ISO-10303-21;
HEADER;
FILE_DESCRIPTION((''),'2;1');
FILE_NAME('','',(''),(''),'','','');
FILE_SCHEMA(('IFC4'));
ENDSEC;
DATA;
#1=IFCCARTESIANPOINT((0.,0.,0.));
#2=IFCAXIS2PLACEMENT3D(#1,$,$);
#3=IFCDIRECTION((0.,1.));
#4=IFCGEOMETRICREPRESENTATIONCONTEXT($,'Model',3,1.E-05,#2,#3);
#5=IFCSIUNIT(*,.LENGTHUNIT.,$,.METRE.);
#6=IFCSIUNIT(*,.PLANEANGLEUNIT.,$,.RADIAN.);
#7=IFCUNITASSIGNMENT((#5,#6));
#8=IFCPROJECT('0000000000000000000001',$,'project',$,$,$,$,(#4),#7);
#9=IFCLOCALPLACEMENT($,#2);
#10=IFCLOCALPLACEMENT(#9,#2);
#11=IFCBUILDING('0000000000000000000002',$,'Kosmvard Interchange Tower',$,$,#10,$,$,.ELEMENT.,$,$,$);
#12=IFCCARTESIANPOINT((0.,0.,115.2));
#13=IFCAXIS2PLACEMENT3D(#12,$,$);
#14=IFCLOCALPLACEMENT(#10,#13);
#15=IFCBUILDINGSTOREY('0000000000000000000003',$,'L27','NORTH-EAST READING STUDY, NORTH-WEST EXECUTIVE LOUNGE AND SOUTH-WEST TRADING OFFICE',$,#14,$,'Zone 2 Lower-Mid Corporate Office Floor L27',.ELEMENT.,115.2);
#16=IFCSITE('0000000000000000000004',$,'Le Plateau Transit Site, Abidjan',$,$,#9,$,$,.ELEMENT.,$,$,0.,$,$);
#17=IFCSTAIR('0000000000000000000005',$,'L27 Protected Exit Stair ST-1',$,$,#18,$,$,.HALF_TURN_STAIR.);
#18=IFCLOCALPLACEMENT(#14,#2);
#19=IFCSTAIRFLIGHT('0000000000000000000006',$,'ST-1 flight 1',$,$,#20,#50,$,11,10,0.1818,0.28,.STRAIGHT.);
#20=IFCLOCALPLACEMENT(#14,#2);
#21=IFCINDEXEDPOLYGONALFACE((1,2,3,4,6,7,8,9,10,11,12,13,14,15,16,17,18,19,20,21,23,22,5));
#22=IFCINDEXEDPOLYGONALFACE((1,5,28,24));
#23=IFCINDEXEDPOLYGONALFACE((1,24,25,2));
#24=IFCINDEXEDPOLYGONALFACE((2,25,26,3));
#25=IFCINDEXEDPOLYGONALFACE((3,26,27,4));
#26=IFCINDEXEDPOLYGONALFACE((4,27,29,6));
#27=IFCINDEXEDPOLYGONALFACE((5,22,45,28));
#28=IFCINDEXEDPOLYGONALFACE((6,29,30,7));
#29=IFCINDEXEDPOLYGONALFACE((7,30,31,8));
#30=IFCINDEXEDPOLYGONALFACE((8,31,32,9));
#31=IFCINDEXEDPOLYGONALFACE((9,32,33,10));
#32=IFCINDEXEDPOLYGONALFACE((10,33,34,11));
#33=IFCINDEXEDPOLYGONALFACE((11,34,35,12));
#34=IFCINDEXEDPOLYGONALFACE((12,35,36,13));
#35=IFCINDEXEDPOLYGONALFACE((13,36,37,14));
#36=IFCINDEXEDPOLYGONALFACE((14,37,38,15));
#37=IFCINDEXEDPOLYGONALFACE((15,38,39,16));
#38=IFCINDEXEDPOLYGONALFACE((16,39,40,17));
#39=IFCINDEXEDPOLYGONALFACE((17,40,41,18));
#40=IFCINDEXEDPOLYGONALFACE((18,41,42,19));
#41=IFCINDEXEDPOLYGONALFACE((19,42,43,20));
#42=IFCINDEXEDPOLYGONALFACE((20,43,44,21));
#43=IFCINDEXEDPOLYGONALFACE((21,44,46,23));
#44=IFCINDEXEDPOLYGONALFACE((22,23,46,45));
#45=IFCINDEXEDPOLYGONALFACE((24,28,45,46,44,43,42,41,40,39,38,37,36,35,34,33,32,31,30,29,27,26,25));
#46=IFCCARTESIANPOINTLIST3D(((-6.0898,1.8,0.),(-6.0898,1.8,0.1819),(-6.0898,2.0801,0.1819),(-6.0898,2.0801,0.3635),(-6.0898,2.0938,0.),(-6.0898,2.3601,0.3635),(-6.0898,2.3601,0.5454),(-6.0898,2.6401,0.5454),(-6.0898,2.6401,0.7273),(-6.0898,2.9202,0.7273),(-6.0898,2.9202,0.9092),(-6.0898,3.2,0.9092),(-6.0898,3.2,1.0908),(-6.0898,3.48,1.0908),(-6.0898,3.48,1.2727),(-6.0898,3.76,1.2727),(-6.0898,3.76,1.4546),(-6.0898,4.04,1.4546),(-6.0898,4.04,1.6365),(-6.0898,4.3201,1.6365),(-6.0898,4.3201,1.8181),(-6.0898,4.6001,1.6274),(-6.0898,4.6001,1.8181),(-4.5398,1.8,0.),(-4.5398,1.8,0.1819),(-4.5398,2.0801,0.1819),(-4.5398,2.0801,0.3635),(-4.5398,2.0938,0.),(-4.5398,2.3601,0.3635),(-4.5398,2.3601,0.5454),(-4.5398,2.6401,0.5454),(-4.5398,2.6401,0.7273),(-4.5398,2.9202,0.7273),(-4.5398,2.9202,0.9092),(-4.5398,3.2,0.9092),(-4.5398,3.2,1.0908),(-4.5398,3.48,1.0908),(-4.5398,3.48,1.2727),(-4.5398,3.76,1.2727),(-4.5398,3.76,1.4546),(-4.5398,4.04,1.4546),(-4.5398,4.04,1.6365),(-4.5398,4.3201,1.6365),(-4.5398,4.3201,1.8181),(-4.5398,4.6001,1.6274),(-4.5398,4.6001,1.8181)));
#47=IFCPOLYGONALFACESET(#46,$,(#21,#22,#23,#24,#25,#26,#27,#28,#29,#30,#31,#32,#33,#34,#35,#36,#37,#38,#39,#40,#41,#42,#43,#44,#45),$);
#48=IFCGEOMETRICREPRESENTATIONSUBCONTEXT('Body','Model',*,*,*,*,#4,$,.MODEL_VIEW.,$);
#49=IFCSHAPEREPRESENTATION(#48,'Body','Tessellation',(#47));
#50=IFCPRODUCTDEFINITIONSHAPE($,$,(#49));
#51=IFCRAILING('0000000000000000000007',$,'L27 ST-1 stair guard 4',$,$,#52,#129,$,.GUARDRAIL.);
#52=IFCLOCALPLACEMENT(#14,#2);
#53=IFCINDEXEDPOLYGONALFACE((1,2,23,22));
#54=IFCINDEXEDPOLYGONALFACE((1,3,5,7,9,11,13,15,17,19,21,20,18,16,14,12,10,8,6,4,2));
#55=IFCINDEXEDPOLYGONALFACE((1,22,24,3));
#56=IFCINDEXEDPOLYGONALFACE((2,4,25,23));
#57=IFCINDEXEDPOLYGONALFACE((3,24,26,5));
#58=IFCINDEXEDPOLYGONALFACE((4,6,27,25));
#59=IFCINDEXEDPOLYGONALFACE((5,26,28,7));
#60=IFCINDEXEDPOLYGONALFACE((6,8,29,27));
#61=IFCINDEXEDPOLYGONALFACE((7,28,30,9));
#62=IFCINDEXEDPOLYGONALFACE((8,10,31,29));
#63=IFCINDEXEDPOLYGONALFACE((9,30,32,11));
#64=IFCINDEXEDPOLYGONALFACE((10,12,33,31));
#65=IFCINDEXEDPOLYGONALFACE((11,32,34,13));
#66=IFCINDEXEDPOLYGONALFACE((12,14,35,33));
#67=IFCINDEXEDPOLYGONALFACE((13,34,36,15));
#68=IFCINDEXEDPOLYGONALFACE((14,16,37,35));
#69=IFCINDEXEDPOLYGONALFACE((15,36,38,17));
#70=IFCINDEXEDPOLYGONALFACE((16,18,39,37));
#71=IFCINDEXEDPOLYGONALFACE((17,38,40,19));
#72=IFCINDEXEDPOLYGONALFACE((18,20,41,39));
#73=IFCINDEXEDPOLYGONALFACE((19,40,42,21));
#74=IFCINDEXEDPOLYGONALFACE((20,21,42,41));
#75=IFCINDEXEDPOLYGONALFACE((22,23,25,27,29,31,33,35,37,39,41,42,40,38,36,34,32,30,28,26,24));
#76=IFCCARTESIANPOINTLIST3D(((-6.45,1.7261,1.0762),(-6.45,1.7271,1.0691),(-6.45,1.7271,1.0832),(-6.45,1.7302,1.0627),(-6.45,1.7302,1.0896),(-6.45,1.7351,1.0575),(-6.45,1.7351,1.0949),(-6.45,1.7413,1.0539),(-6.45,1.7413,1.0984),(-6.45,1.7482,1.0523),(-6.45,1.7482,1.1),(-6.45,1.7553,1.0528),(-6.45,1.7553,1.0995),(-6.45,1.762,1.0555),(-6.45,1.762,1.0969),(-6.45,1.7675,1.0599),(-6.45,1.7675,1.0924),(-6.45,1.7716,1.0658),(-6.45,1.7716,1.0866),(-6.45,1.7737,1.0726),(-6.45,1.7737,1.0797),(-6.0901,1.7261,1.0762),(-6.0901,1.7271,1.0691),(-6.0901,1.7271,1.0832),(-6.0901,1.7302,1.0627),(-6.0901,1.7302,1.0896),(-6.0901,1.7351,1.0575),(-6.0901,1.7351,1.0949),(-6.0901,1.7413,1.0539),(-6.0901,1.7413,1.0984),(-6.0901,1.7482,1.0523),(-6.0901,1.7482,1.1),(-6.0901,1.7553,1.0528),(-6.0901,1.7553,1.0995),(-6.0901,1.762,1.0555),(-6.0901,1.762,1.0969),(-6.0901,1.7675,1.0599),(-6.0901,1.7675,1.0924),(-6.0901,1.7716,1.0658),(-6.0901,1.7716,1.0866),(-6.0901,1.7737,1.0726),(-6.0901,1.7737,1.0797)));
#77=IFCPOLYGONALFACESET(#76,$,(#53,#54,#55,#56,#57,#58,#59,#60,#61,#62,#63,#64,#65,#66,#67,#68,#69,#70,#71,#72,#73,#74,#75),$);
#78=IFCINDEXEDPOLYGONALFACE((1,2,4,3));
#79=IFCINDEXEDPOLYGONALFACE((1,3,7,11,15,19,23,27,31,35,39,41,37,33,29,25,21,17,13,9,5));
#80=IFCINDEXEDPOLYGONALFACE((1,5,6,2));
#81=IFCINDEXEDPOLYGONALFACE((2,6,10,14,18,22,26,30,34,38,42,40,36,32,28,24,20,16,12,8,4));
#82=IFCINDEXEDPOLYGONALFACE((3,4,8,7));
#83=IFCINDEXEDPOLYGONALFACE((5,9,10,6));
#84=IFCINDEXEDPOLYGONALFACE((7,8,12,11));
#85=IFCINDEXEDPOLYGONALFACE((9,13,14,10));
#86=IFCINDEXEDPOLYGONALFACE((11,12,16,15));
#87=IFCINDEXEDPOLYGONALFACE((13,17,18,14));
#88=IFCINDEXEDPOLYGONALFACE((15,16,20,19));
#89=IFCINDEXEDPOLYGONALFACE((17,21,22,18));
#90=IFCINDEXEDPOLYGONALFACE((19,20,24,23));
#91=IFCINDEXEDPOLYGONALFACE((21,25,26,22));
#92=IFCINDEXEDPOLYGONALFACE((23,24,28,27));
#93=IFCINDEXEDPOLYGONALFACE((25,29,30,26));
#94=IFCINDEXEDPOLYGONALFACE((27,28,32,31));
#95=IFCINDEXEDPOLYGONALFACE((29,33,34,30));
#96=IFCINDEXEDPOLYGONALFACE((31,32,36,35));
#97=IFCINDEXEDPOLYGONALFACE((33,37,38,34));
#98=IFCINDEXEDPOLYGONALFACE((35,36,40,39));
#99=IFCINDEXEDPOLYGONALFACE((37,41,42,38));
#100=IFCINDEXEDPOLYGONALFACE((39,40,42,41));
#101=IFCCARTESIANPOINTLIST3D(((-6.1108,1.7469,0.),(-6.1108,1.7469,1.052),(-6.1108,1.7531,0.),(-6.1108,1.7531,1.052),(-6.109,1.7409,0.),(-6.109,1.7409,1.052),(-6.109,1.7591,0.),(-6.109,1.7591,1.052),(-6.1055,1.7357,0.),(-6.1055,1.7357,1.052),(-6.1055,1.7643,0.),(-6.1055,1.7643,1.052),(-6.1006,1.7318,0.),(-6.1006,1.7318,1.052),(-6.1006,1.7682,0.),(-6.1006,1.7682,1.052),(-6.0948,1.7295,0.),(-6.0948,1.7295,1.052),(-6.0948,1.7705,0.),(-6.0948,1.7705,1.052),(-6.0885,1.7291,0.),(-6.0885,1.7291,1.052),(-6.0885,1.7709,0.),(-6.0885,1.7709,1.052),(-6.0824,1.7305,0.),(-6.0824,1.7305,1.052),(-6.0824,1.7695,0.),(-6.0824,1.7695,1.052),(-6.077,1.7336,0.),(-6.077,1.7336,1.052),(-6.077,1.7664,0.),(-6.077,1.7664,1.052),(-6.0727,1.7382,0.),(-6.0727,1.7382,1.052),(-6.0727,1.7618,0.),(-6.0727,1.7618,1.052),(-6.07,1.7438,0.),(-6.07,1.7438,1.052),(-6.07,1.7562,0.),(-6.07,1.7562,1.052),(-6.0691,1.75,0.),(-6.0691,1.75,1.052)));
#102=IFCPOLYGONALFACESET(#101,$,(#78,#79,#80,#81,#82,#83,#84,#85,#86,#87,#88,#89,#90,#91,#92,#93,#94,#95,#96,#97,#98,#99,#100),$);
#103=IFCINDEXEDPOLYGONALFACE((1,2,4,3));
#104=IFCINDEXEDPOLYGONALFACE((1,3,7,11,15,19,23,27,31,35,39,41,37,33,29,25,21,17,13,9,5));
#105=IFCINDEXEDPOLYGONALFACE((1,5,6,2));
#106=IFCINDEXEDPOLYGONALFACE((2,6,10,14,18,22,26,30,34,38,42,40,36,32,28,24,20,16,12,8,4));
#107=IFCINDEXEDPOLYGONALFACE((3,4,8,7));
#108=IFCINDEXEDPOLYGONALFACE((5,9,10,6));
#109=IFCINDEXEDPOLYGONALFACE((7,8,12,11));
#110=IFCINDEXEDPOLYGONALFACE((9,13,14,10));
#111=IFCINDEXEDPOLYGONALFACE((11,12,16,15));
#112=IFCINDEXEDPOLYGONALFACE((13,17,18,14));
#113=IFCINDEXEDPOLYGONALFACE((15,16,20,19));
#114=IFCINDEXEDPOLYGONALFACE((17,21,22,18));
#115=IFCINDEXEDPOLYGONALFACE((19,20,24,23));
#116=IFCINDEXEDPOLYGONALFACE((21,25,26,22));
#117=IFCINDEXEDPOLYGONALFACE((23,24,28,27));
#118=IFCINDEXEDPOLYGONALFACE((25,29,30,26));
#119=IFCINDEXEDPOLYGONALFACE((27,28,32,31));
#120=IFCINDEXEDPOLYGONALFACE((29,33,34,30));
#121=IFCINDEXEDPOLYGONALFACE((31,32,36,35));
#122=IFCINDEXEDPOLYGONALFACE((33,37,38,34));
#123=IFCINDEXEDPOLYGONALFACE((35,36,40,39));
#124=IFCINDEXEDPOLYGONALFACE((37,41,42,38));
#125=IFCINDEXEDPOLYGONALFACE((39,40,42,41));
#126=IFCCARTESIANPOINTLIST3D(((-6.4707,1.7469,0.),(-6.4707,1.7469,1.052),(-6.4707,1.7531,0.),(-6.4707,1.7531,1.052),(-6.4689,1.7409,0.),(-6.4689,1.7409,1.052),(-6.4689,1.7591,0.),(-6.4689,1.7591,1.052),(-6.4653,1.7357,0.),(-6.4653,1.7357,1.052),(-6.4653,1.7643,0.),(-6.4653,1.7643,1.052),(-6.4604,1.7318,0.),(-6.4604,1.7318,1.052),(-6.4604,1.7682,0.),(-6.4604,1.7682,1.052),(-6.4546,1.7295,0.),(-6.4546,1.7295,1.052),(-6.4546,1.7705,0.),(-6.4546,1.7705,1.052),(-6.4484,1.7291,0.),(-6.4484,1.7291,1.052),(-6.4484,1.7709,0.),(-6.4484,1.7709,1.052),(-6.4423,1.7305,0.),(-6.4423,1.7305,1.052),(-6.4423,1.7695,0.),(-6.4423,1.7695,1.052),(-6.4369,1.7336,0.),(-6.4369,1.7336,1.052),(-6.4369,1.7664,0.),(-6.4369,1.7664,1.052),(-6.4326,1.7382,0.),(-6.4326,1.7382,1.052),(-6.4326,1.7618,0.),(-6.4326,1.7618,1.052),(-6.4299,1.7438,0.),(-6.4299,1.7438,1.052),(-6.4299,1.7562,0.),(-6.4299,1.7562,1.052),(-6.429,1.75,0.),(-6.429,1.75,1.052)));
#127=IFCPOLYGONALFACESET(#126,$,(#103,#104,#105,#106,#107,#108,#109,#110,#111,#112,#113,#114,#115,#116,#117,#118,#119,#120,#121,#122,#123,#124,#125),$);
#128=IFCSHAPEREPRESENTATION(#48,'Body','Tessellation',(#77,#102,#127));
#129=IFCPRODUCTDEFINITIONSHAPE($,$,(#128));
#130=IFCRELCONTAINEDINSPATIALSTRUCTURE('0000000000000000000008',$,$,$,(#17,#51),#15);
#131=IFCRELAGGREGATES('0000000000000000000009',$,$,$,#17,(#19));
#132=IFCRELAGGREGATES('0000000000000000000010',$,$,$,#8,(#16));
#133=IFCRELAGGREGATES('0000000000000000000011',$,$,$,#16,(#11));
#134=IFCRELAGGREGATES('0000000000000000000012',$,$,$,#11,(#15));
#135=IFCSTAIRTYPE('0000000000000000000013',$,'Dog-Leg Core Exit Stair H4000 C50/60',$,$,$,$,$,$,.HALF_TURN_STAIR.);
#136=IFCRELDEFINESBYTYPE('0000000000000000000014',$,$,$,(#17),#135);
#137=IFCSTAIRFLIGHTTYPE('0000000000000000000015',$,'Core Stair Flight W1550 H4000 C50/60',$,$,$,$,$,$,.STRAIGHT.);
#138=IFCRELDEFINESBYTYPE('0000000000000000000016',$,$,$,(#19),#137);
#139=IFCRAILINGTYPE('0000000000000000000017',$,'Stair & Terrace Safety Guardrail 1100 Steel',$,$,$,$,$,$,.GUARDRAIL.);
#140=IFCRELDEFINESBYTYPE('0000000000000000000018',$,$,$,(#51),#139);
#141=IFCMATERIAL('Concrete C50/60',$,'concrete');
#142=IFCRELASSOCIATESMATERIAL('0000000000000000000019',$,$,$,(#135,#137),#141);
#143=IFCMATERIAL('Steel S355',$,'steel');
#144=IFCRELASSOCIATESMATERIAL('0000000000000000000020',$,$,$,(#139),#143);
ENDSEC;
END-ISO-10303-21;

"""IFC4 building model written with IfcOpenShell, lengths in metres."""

from ifc_helpers import new_model, si_unit, direction, frame, origin, origin_2d, place, context, subcontext, project, spatial, polyline, circle, outline, extrude, source, transform, mapped, material, type_object, element, aggregate, save


model = new_model("IFC4")

# Units and contexts
model_context = context("Model", 3, precision=1e-05, world=origin(), true_north=direction((0.0, 1.0)))
body_context = subcontext(model_context, "Body", "Model", "MODEL_VIEW")
ifc_project = project(units=[si_unit("LENGTHUNIT", "METRE"), si_unit("PLANEANGLEUNIT", "RADIAN")], contexts=[model_context])

# Site, building, storey
site_placement = place(None, origin())
site = spatial("IfcSite", under=ifc_project, at=site_placement, Name="Le Plateau Transit Site, Abidjan", CompositionType="ELEMENT", RefElevation=0.0)
building_placement = place(site_placement, origin())
building = spatial("IfcBuilding", under=site, at=building_placement, Name="Kosmvard Interchange Tower", CompositionType="ELEMENT")
storey_placement = place(building_placement, frame((0.0, 0.0, 115.2)))
storey = spatial("IfcBuildingStorey", under=building, at=storey_placement, Name="L27", Description="NORTH-EAST READING STUDY, NORTH-WEST EXECUTIVE LOUNGE AND SOUTH-WEST TRADING OFFICE", LongName="Zone 2 Lower-Mid Corporate Office Floor L27", CompositionType="ELEMENT", Elevation=115.2)

# Stair, stair flight
ifc_material_1 = material(Name="Concrete C50/60", Category="concrete")
stair_type = type_object("IfcStairType", Name="Dog-Leg Core Exit Stair H4000 C50/60", PredefinedType="HALF_TURN_STAIR", material=ifc_material_1)
stair_placement = place(storey_placement, origin())
stair = element("IfcStair", 1, at=stair_placement, inside=storey, type_object=stair_type, Name="L27 Protected Exit Stair ST-1", PredefinedType="HALF_TURN_STAIR")
stair_flight_type = type_object("IfcStairFlightType", Name="Core Stair Flight W1550 H4000 C50/60", PredefinedType="STRAIGHT", material=ifc_material_1)
shared_shape_1 = source(origin(), body_context, "Body", "SweptSolid", [
    extrude(outline(polyline([(0.0, 0.0), (0.0, 0.1819), (0.28, 0.1819), (0.28, 0.3635), (0.5601, 0.3635), (0.5601, 0.5454), (0.8401, 0.5454), (0.8401, 0.7273), (1.1201, 0.7273), (1.1201, 0.9092), (1.3999, 0.9092), (1.3999, 1.0908), (1.6799, 1.0908), (1.6799, 1.2727), (1.96, 1.2727), (1.96, 1.4546), (2.24, 1.4546), (2.24, 1.6365), (2.52, 1.6365), (2.52, 1.8181), (2.8, 1.8181), (2.8, 2.0), (2.8, 1.6274), (0.2937, 0.0), (0.0, 0.0)])), frame((0.0, 0.7749, 0.0), z_axis=(0.0, -1.0, 0.0), x_axis=(1.0, 0.0, 0.0)), (0.0, 0.0, 1.0), 1.55),
])
stair_flight_placement = place(storey_placement, frame((-5.3149, 1.8, 0.0), z_axis=(0.0, 0.0, 1.0), x_axis=(0.0, 1.0, 0.0)))
stair_flight = element("IfcStairFlight", 2, at=stair_flight_placement, type_object=stair_flight_type, Name="ST-1 flight 1", NumberOfRisers=11, NumberOfTreads=10, PredefinedType="STRAIGHT", RiserHeight=0.1818, TreadLength=0.28, context=body_context, shape_type="MappedRepresentation", body=[
    mapped(shared_shape_1, transform((0.0, 0.0, 0.0), scale=1.0)),
])
aggregate(stair, [stair_flight])

# Railing
ifc_material_2 = material(Name="Steel S355", Category="steel")
railing_type_1 = type_object("IfcRailingType", Name="Stair & Terrace Safety Guardrail 1100 Steel", PredefinedType="GUARDRAIL", material=ifc_material_2)
shared_shape_2 = source(origin(), body_context, "Body", "SweptSolid", [
    extrude(circle(Radius=0.0239, at=origin_2d()), frame((0.0, 0.0, 1.0762), z_axis=(-1.0, 0.0, 0.0), x_axis=(0.0, -1.0, 0.0)), (0.0, 0.0, 1.0), 0.3599),
    extrude(circle(Radius=0.021, at=origin_2d()), origin(), (0.0, 0.0, 1.0), 1.052),
    extrude(circle(Radius=0.021, at=origin_2d()), frame((-0.3599, 0.0, 0.0)), (0.0, 0.0, 1.0), 1.052),
])
railing_1_placement = place(storey_placement, frame((-6.0901, 1.75, 0.0)))
element("IfcRailing", 3, at=railing_1_placement, inside=storey, type_object=railing_type_1, Name="L27 ST-1 stair guard 4", PredefinedType="GUARDRAIL", context=body_context, shape_type="MappedRepresentation", body=[
    mapped(shared_shape_2, transform((0.0, 0.0, 0.0), scale=1.0)),
])

save(model, "model.ifc")
